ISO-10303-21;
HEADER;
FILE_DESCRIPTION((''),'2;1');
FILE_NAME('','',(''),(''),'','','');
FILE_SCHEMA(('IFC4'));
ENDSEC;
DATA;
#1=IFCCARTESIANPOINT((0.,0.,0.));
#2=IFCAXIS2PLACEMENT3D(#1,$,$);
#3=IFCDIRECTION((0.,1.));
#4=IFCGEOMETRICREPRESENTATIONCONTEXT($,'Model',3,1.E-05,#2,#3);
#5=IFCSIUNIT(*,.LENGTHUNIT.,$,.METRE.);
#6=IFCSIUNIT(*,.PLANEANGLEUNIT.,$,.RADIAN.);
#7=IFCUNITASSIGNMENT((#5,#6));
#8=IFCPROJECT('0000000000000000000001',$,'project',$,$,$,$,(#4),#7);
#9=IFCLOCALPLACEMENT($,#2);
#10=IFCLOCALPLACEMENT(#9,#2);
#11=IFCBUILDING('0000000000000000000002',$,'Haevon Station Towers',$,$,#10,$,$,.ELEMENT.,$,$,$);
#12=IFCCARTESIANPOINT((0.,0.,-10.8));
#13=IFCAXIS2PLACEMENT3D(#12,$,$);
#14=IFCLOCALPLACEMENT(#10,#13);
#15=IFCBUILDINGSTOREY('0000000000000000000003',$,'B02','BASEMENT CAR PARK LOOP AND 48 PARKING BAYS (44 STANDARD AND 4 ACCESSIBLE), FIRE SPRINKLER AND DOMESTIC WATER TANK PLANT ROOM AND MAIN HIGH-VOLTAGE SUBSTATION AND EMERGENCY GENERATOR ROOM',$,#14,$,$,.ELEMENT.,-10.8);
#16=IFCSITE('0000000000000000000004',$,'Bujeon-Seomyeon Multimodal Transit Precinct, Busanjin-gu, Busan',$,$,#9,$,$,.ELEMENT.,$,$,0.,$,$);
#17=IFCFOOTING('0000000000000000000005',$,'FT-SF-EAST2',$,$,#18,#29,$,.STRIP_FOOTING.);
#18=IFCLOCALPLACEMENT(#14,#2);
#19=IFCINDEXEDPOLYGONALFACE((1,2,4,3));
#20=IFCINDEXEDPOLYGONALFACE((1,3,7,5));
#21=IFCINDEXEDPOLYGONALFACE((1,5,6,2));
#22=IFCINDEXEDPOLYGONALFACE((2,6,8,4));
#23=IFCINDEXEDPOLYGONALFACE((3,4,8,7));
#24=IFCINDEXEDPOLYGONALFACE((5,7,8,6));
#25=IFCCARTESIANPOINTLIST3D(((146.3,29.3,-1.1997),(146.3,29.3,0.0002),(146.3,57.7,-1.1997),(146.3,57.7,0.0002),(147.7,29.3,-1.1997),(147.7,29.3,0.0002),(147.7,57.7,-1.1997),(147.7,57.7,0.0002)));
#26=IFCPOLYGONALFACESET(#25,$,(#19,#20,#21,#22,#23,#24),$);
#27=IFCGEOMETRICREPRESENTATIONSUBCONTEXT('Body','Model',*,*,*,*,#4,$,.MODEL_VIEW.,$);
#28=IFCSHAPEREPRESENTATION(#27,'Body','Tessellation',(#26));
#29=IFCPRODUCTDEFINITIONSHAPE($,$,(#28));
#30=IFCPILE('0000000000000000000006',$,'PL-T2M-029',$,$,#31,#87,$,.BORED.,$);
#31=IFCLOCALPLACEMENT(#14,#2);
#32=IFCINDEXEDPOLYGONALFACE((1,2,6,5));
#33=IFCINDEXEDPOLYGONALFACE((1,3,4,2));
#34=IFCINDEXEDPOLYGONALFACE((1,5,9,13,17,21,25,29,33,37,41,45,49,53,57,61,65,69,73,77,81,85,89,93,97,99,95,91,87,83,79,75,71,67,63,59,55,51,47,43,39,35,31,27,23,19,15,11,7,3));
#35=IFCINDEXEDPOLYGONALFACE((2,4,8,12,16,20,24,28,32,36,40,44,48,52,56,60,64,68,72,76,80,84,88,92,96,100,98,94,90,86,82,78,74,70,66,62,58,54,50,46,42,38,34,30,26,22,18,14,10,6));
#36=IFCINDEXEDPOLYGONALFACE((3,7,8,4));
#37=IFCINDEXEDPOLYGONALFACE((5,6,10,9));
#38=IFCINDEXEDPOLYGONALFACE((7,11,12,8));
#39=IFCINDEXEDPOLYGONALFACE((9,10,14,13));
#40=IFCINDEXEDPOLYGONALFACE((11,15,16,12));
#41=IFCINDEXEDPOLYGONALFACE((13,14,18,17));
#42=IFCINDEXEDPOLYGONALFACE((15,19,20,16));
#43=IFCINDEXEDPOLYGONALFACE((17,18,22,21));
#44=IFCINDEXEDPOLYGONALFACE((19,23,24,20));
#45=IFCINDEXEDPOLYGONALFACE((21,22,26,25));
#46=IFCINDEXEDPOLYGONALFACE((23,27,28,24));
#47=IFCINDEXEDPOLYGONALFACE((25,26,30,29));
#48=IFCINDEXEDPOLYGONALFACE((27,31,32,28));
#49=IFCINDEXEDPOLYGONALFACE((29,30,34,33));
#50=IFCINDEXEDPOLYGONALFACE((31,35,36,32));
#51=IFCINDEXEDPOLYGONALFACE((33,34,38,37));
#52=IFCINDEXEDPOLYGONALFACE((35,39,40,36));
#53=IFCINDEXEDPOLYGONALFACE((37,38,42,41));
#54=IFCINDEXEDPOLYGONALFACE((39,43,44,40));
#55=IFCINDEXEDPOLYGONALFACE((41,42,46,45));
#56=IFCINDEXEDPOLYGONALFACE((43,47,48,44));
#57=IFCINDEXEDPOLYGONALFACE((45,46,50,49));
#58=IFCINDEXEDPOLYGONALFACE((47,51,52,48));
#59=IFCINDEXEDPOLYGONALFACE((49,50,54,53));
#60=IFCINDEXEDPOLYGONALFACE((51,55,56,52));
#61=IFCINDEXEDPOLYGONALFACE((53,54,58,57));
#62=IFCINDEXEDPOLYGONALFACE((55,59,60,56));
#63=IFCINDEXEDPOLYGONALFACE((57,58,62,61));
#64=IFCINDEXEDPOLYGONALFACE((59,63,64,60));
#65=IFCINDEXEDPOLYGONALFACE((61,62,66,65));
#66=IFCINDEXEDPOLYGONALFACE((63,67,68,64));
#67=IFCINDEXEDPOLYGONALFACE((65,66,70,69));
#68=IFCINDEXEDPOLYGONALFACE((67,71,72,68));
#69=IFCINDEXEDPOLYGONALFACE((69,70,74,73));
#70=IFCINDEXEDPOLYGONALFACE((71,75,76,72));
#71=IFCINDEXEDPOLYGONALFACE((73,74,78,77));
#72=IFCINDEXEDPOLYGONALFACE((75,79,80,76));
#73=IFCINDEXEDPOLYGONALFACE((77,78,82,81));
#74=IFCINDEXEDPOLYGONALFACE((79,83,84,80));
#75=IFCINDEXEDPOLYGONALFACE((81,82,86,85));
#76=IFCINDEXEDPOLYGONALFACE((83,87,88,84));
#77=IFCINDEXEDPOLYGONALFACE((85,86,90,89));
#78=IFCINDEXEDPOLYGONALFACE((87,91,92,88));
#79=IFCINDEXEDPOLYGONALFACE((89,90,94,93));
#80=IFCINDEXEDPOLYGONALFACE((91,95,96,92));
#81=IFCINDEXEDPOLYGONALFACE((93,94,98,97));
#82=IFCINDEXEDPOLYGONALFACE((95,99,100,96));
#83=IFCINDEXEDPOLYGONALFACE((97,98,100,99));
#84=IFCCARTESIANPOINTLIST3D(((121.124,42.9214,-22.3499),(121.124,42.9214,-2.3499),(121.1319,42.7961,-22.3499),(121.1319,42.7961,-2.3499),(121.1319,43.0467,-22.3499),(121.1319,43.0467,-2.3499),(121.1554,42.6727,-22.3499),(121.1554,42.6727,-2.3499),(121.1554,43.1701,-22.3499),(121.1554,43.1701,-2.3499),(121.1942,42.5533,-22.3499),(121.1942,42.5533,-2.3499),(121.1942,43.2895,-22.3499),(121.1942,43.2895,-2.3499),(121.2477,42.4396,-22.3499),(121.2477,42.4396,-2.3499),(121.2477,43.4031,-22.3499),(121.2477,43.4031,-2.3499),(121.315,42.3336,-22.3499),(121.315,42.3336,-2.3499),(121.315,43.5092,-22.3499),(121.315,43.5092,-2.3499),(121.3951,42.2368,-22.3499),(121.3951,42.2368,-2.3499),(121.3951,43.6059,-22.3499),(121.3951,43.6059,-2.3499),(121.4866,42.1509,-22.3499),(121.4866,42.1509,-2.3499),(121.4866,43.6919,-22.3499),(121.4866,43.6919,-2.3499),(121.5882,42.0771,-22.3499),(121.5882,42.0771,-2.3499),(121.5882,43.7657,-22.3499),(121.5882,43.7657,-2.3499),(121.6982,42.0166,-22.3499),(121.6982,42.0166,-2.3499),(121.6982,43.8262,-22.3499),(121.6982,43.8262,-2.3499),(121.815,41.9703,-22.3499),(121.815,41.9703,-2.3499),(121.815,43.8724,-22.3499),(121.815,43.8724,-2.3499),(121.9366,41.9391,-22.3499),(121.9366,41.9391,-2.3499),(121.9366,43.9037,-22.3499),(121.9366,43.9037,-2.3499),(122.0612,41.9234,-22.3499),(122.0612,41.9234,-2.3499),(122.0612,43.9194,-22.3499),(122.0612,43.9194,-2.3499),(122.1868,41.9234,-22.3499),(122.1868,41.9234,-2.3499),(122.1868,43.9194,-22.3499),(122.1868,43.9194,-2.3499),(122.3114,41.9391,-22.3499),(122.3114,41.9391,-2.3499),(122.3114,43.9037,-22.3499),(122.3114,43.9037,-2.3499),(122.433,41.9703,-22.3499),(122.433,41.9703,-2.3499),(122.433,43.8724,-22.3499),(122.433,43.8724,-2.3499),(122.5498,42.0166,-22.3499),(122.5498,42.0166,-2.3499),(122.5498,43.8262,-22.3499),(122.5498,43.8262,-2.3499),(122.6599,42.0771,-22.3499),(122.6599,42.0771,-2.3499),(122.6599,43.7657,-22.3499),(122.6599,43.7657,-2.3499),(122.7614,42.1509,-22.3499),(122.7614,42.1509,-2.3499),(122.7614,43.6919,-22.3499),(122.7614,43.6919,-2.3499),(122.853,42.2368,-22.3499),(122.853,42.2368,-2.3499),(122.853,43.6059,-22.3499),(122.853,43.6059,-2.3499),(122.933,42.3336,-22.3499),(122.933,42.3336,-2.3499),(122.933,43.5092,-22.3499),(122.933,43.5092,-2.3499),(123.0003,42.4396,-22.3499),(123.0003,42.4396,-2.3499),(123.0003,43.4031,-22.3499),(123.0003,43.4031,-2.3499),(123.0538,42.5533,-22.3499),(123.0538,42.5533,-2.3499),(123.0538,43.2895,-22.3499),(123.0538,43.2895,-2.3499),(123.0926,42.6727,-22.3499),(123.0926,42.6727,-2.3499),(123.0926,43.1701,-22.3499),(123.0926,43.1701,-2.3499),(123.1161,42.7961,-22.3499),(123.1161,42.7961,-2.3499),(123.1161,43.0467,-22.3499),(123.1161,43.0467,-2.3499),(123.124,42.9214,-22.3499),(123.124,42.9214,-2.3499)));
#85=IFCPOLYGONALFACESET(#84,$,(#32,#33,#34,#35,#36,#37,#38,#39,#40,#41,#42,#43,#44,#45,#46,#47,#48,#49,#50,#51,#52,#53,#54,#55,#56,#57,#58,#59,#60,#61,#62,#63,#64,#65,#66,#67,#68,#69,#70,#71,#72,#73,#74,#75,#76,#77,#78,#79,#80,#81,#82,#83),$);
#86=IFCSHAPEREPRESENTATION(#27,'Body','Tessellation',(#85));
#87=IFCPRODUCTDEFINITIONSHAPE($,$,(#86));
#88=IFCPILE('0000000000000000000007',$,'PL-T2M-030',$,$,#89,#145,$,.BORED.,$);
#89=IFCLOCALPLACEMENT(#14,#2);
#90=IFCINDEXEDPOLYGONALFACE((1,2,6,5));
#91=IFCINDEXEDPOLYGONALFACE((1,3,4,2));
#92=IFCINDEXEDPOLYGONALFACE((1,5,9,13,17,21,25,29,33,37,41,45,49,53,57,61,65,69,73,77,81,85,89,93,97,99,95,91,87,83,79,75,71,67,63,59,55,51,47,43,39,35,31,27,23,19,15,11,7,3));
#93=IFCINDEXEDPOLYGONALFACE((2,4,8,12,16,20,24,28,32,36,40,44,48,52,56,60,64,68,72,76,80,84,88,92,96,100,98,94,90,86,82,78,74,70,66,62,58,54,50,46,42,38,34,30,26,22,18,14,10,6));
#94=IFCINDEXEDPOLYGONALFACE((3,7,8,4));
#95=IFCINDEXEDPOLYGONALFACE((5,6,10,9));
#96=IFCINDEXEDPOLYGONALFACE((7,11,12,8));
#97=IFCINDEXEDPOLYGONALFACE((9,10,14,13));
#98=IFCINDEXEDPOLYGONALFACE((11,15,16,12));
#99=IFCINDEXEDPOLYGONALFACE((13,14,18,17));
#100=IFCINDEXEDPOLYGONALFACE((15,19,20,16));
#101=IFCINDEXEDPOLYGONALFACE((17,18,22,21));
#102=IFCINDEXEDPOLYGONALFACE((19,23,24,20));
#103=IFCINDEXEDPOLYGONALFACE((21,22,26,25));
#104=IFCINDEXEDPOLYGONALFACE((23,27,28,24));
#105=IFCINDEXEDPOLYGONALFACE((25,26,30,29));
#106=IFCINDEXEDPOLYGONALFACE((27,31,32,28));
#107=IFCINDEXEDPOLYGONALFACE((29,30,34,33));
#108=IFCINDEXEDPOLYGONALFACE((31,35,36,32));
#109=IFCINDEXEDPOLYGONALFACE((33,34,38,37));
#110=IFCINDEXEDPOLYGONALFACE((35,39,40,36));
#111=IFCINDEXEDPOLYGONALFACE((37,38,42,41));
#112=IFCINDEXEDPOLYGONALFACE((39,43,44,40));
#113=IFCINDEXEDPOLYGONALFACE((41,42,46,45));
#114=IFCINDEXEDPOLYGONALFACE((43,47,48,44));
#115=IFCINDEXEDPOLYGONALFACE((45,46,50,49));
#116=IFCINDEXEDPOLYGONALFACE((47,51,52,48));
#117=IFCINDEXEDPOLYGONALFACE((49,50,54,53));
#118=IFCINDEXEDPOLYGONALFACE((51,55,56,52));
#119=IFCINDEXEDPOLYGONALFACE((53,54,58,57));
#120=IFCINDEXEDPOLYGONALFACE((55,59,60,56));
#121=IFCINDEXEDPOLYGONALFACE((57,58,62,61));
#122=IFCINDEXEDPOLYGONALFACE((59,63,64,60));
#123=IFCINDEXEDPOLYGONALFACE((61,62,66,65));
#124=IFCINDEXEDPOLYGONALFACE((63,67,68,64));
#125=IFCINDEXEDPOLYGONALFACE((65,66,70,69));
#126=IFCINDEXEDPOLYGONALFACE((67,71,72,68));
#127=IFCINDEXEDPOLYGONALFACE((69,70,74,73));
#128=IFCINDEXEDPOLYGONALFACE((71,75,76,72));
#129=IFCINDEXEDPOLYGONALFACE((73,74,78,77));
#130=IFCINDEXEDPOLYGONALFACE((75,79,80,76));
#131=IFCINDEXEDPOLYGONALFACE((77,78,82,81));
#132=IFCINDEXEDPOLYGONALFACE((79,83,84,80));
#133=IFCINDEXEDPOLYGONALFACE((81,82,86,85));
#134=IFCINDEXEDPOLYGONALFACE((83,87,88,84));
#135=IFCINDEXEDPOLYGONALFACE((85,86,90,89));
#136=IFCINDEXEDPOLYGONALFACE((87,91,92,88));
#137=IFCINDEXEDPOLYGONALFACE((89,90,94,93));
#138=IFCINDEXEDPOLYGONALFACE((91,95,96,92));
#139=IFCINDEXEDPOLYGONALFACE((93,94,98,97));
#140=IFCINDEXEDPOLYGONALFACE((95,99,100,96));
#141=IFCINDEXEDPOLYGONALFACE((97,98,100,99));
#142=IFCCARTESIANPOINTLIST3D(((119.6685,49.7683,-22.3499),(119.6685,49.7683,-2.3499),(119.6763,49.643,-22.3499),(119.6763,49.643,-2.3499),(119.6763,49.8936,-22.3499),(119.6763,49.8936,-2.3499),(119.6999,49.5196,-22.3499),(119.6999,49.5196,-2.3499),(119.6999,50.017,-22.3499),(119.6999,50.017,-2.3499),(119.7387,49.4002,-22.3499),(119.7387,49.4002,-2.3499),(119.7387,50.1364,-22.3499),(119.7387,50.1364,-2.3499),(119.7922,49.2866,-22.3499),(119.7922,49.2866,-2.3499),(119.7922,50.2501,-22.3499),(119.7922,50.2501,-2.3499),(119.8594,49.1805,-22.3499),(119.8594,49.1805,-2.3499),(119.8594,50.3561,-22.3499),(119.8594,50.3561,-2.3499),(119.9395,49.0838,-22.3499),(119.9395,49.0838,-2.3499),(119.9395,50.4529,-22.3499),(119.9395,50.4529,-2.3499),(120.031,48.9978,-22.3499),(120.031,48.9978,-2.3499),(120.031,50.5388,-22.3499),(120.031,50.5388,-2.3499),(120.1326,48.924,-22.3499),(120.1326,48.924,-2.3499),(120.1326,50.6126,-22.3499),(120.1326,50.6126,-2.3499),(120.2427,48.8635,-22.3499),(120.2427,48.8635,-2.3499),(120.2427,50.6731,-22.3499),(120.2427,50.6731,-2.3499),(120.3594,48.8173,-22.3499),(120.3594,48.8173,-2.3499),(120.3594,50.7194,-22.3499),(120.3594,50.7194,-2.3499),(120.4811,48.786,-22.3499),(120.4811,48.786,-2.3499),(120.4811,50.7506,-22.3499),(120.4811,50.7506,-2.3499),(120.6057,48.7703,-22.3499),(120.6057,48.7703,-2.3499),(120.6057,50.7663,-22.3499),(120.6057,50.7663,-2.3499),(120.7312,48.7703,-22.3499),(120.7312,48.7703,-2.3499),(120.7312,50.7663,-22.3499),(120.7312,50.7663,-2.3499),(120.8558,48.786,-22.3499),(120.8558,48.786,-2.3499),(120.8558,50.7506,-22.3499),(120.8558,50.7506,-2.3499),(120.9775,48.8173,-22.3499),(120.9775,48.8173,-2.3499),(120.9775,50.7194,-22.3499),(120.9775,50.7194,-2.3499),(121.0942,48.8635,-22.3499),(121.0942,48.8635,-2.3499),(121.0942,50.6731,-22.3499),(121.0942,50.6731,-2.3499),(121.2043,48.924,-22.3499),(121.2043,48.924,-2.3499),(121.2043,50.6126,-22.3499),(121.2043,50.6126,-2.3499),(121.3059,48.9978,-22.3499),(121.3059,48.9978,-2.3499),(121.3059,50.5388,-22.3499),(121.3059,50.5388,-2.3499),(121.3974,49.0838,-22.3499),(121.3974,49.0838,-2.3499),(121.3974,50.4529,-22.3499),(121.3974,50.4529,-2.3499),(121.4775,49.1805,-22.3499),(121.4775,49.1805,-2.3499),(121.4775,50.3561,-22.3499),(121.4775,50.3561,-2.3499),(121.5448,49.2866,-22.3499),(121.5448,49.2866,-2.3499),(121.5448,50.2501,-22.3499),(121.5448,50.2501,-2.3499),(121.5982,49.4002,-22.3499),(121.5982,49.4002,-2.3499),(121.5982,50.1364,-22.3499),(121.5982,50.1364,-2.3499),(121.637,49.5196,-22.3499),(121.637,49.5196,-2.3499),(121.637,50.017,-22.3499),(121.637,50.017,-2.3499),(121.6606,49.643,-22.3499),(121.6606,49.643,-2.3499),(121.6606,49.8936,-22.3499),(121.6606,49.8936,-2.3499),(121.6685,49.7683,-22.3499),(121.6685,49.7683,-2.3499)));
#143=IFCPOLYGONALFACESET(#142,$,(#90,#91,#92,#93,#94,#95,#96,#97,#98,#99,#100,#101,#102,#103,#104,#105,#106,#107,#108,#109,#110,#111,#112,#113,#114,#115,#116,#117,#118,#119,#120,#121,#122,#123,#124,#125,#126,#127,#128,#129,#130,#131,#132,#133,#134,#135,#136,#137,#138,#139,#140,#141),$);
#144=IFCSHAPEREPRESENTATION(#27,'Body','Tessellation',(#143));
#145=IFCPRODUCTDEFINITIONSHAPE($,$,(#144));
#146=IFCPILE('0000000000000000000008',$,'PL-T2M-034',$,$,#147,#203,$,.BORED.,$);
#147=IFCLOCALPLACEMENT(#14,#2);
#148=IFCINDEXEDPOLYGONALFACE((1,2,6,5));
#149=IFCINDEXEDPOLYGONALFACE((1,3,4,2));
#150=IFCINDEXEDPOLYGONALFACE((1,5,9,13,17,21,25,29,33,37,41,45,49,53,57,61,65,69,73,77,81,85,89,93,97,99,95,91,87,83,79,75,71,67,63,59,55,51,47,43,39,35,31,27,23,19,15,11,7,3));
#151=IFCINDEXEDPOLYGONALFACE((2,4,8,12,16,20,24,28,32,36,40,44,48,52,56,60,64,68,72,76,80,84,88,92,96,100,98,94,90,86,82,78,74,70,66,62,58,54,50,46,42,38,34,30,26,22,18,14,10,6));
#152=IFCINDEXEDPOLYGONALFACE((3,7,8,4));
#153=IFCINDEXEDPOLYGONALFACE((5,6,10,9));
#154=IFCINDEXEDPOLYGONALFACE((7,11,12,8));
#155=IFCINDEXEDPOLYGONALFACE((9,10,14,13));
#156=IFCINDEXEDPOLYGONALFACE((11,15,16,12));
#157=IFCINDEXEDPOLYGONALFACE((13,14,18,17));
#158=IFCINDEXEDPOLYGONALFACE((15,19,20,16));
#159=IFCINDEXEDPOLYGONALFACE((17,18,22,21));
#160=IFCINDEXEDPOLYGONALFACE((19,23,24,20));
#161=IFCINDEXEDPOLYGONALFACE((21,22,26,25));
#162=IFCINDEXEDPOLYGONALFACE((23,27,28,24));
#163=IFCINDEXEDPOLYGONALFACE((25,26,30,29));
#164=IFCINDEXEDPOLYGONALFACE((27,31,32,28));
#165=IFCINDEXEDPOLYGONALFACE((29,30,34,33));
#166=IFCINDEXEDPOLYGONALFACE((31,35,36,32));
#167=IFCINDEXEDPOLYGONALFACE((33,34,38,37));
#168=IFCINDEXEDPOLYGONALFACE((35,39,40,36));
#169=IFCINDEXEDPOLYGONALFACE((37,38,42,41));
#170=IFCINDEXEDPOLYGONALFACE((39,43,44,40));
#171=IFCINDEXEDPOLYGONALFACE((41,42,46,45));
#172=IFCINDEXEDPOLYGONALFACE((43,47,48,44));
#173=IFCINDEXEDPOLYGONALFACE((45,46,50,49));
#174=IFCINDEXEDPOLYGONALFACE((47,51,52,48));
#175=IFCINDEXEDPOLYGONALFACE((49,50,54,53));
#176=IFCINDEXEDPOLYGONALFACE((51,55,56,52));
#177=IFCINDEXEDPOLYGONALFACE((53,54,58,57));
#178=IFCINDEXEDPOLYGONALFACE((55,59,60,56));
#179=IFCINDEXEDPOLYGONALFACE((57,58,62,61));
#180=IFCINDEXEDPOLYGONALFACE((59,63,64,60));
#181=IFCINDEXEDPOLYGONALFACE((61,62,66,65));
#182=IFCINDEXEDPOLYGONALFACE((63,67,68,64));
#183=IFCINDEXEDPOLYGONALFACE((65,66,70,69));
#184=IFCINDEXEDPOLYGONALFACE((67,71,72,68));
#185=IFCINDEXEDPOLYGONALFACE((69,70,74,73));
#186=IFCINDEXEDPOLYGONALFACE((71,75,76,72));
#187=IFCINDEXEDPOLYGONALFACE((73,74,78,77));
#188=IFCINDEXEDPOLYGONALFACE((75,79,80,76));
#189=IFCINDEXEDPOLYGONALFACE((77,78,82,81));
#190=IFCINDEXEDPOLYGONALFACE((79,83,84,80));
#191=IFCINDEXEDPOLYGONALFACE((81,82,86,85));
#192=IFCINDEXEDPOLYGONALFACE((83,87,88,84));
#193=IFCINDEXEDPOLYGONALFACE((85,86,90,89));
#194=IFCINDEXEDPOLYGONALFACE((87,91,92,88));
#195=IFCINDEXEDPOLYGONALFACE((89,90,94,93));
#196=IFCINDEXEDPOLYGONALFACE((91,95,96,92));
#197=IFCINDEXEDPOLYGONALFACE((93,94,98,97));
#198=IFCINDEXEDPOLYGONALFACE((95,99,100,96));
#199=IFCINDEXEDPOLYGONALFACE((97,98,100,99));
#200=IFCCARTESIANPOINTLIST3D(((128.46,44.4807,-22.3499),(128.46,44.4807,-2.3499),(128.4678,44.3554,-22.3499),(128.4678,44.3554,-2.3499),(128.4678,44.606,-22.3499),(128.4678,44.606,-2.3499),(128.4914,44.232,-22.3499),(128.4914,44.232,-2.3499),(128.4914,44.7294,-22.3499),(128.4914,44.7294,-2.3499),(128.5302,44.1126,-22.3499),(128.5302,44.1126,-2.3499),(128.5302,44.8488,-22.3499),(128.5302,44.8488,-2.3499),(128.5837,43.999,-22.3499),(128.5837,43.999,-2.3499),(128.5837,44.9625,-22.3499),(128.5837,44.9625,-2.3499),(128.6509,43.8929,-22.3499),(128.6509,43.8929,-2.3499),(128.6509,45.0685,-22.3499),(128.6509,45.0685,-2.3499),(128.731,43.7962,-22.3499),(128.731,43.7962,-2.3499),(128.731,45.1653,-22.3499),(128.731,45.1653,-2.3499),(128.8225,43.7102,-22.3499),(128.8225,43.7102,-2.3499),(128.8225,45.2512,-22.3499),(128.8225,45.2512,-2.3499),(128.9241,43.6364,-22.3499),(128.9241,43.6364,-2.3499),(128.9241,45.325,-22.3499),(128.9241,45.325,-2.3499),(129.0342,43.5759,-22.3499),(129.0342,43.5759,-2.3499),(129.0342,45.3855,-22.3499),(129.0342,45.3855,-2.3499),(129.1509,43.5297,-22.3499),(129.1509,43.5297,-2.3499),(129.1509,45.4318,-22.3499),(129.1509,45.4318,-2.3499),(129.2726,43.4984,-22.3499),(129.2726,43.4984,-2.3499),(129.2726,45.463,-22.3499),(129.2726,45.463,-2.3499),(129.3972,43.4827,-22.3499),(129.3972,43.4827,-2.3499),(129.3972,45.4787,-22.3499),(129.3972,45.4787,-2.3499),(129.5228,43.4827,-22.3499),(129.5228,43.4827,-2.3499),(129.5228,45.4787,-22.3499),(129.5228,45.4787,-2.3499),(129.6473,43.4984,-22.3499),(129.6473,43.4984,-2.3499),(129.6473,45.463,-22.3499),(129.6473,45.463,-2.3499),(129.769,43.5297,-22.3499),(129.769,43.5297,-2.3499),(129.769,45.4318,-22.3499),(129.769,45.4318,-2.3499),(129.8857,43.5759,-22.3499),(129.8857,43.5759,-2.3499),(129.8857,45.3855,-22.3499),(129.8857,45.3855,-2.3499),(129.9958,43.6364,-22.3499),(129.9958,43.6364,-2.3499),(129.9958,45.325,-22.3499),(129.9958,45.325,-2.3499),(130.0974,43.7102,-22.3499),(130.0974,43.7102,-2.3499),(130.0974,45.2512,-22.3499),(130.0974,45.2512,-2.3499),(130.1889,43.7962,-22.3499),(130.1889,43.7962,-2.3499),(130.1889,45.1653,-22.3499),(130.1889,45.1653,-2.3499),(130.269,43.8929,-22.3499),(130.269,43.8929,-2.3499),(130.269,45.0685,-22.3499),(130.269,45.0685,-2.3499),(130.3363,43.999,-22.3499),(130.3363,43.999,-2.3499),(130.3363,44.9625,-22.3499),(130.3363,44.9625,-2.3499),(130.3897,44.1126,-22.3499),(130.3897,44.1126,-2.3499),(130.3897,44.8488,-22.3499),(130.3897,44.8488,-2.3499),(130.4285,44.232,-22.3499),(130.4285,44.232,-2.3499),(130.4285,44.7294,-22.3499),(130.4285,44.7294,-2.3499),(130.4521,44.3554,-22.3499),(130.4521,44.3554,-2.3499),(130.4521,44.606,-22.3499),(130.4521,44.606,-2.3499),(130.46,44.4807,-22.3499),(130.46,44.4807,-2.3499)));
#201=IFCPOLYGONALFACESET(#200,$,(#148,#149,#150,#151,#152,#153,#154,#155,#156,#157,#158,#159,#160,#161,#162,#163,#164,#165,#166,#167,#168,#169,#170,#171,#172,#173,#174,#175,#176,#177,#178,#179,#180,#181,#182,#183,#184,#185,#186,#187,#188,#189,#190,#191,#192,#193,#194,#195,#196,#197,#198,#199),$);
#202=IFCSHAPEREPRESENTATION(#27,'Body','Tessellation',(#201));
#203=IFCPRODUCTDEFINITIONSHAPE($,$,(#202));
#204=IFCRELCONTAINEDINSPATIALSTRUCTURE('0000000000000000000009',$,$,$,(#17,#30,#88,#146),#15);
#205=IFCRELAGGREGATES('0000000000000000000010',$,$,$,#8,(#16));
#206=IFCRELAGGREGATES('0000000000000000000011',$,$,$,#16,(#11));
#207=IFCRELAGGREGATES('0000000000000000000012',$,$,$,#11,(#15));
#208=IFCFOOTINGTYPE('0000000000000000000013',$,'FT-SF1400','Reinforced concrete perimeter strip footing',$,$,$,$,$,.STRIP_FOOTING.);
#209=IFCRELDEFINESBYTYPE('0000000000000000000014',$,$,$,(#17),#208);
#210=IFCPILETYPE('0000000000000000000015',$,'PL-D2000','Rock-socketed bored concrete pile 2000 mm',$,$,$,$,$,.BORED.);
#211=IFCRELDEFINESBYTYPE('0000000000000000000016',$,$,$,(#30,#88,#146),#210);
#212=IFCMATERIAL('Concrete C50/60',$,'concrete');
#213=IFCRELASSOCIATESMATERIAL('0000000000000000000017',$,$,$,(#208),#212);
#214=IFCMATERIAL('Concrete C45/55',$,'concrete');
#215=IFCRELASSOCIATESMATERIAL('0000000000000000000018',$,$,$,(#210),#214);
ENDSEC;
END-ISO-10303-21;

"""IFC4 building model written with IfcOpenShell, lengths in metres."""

from ifc_helpers import new_model, si_unit, direction, frame, origin, origin_2d, place, context, subcontext, project, spatial, rectangle, circle, extrude, material, material_profile, profile_set, type_object, element, save


model = new_model("IFC4")

# Units and contexts
model_context = context("Model", 3, precision=1e-05, world=origin(), true_north=direction((0.0, 1.0)))
body_context = subcontext(model_context, "Body", "Model", "MODEL_VIEW")
ifc_project = project(units=[si_unit("LENGTHUNIT", "METRE"), si_unit("PLANEANGLEUNIT", "RADIAN")], contexts=[model_context])

# Site, building, storey
site_placement = place(None, origin())
site = spatial("IfcSite", under=ifc_project, at=site_placement, Name="Bujeon-Seomyeon Multimodal Transit Precinct, Busanjin-gu, Busan", CompositionType="ELEMENT", RefElevation=0.0)
building_placement = place(site_placement, origin())
building = spatial("IfcBuilding", under=site, at=building_placement, Name="Haevon Station Towers", CompositionType="ELEMENT")
storey_placement = place(building_placement, frame((0.0, 0.0, -10.8)))
storey = spatial("IfcBuildingStorey", under=building, at=storey_placement, Name="B02", Description="BASEMENT CAR PARK LOOP AND 48 PARKING BAYS (44 STANDARD AND 4 ACCESSIBLE), FIRE SPRINKLER AND DOMESTIC WATER TANK PLANT ROOM AND MAIN HIGH-VOLTAGE SUBSTATION AND EMERGENCY GENERATOR ROOM", CompositionType="ELEMENT", Elevation=-10.8)

# Footing
ifc_material_1 = material(Name="Concrete C50/60", Category="concrete")
footing_type = type_object("IfcFootingType", Name="FT-SF1400", Description="Reinforced concrete perimeter strip footing", PredefinedType="STRIP_FOOTING", material=ifc_material_1)
footing_placement = place(storey_placement, frame((147.0, 43.5, -1.1997), z_axis=(0.0, 0.0, 1.0), x_axis=(0.0, 1.0, 0.0)))
element("IfcFooting", 1, at=footing_placement, inside=storey, type_object=footing_type, Name="FT-SF-EAST2", PredefinedType="STRIP_FOOTING", context=body_context, shape_type="SweptSolid", body=[
    extrude(rectangle(XDim=28.3999, YDim=1.3999, at=origin_2d()), origin(), (0.0, 0.0, 1.0), 1.2),
])

# Piles
ifc_material_2 = material(Name="Concrete C45/55", Category="concrete")
ifc_material_profile_1 = material_profile(ifc_material_2, circle(Radius=1.0, at=origin_2d()), Name="PILE-D2000")
ifc_profile_set_1 = profile_set([ifc_material_profile_1], Name="Concrete C45/55")
pile_type = type_object("IfcPileType", Name="PL-D2000", Description="Rock-socketed bored concrete pile 2000 mm", PredefinedType="BORED", material=ifc_profile_set_1)
for number, where, z_axis, x_axis, name in (
    (2, (122.124, 42.9214, -2.3499), (0.0, 0.0, -1.0), (1.0, 0.0, 0.0), "PL-T2M-029"),
    (3, (120.6685, 49.7683, -2.3499), (0.0, 0.0, -1.0), (1.0, 0.0, 0.0), "PL-T2M-030"),
    (4, (129.46, 44.4807, -2.3499), (0.0, 0.0, -1.0), (1.0, 0.0, 0.0), "PL-T2M-034"),
):
    element("IfcPile", number, at=place(storey_placement, frame(where, z_axis=z_axis, x_axis=x_axis)), inside=storey, type_object=pile_type, Name=name, PredefinedType="BORED", context=body_context, shape_type="SweptSolid", body=[
        extrude(circle(Radius=1.0, at=origin_2d()), origin(), (0.0, 0.0, 1.0), 20.0),
    ])

save(model, "model.ifc")
